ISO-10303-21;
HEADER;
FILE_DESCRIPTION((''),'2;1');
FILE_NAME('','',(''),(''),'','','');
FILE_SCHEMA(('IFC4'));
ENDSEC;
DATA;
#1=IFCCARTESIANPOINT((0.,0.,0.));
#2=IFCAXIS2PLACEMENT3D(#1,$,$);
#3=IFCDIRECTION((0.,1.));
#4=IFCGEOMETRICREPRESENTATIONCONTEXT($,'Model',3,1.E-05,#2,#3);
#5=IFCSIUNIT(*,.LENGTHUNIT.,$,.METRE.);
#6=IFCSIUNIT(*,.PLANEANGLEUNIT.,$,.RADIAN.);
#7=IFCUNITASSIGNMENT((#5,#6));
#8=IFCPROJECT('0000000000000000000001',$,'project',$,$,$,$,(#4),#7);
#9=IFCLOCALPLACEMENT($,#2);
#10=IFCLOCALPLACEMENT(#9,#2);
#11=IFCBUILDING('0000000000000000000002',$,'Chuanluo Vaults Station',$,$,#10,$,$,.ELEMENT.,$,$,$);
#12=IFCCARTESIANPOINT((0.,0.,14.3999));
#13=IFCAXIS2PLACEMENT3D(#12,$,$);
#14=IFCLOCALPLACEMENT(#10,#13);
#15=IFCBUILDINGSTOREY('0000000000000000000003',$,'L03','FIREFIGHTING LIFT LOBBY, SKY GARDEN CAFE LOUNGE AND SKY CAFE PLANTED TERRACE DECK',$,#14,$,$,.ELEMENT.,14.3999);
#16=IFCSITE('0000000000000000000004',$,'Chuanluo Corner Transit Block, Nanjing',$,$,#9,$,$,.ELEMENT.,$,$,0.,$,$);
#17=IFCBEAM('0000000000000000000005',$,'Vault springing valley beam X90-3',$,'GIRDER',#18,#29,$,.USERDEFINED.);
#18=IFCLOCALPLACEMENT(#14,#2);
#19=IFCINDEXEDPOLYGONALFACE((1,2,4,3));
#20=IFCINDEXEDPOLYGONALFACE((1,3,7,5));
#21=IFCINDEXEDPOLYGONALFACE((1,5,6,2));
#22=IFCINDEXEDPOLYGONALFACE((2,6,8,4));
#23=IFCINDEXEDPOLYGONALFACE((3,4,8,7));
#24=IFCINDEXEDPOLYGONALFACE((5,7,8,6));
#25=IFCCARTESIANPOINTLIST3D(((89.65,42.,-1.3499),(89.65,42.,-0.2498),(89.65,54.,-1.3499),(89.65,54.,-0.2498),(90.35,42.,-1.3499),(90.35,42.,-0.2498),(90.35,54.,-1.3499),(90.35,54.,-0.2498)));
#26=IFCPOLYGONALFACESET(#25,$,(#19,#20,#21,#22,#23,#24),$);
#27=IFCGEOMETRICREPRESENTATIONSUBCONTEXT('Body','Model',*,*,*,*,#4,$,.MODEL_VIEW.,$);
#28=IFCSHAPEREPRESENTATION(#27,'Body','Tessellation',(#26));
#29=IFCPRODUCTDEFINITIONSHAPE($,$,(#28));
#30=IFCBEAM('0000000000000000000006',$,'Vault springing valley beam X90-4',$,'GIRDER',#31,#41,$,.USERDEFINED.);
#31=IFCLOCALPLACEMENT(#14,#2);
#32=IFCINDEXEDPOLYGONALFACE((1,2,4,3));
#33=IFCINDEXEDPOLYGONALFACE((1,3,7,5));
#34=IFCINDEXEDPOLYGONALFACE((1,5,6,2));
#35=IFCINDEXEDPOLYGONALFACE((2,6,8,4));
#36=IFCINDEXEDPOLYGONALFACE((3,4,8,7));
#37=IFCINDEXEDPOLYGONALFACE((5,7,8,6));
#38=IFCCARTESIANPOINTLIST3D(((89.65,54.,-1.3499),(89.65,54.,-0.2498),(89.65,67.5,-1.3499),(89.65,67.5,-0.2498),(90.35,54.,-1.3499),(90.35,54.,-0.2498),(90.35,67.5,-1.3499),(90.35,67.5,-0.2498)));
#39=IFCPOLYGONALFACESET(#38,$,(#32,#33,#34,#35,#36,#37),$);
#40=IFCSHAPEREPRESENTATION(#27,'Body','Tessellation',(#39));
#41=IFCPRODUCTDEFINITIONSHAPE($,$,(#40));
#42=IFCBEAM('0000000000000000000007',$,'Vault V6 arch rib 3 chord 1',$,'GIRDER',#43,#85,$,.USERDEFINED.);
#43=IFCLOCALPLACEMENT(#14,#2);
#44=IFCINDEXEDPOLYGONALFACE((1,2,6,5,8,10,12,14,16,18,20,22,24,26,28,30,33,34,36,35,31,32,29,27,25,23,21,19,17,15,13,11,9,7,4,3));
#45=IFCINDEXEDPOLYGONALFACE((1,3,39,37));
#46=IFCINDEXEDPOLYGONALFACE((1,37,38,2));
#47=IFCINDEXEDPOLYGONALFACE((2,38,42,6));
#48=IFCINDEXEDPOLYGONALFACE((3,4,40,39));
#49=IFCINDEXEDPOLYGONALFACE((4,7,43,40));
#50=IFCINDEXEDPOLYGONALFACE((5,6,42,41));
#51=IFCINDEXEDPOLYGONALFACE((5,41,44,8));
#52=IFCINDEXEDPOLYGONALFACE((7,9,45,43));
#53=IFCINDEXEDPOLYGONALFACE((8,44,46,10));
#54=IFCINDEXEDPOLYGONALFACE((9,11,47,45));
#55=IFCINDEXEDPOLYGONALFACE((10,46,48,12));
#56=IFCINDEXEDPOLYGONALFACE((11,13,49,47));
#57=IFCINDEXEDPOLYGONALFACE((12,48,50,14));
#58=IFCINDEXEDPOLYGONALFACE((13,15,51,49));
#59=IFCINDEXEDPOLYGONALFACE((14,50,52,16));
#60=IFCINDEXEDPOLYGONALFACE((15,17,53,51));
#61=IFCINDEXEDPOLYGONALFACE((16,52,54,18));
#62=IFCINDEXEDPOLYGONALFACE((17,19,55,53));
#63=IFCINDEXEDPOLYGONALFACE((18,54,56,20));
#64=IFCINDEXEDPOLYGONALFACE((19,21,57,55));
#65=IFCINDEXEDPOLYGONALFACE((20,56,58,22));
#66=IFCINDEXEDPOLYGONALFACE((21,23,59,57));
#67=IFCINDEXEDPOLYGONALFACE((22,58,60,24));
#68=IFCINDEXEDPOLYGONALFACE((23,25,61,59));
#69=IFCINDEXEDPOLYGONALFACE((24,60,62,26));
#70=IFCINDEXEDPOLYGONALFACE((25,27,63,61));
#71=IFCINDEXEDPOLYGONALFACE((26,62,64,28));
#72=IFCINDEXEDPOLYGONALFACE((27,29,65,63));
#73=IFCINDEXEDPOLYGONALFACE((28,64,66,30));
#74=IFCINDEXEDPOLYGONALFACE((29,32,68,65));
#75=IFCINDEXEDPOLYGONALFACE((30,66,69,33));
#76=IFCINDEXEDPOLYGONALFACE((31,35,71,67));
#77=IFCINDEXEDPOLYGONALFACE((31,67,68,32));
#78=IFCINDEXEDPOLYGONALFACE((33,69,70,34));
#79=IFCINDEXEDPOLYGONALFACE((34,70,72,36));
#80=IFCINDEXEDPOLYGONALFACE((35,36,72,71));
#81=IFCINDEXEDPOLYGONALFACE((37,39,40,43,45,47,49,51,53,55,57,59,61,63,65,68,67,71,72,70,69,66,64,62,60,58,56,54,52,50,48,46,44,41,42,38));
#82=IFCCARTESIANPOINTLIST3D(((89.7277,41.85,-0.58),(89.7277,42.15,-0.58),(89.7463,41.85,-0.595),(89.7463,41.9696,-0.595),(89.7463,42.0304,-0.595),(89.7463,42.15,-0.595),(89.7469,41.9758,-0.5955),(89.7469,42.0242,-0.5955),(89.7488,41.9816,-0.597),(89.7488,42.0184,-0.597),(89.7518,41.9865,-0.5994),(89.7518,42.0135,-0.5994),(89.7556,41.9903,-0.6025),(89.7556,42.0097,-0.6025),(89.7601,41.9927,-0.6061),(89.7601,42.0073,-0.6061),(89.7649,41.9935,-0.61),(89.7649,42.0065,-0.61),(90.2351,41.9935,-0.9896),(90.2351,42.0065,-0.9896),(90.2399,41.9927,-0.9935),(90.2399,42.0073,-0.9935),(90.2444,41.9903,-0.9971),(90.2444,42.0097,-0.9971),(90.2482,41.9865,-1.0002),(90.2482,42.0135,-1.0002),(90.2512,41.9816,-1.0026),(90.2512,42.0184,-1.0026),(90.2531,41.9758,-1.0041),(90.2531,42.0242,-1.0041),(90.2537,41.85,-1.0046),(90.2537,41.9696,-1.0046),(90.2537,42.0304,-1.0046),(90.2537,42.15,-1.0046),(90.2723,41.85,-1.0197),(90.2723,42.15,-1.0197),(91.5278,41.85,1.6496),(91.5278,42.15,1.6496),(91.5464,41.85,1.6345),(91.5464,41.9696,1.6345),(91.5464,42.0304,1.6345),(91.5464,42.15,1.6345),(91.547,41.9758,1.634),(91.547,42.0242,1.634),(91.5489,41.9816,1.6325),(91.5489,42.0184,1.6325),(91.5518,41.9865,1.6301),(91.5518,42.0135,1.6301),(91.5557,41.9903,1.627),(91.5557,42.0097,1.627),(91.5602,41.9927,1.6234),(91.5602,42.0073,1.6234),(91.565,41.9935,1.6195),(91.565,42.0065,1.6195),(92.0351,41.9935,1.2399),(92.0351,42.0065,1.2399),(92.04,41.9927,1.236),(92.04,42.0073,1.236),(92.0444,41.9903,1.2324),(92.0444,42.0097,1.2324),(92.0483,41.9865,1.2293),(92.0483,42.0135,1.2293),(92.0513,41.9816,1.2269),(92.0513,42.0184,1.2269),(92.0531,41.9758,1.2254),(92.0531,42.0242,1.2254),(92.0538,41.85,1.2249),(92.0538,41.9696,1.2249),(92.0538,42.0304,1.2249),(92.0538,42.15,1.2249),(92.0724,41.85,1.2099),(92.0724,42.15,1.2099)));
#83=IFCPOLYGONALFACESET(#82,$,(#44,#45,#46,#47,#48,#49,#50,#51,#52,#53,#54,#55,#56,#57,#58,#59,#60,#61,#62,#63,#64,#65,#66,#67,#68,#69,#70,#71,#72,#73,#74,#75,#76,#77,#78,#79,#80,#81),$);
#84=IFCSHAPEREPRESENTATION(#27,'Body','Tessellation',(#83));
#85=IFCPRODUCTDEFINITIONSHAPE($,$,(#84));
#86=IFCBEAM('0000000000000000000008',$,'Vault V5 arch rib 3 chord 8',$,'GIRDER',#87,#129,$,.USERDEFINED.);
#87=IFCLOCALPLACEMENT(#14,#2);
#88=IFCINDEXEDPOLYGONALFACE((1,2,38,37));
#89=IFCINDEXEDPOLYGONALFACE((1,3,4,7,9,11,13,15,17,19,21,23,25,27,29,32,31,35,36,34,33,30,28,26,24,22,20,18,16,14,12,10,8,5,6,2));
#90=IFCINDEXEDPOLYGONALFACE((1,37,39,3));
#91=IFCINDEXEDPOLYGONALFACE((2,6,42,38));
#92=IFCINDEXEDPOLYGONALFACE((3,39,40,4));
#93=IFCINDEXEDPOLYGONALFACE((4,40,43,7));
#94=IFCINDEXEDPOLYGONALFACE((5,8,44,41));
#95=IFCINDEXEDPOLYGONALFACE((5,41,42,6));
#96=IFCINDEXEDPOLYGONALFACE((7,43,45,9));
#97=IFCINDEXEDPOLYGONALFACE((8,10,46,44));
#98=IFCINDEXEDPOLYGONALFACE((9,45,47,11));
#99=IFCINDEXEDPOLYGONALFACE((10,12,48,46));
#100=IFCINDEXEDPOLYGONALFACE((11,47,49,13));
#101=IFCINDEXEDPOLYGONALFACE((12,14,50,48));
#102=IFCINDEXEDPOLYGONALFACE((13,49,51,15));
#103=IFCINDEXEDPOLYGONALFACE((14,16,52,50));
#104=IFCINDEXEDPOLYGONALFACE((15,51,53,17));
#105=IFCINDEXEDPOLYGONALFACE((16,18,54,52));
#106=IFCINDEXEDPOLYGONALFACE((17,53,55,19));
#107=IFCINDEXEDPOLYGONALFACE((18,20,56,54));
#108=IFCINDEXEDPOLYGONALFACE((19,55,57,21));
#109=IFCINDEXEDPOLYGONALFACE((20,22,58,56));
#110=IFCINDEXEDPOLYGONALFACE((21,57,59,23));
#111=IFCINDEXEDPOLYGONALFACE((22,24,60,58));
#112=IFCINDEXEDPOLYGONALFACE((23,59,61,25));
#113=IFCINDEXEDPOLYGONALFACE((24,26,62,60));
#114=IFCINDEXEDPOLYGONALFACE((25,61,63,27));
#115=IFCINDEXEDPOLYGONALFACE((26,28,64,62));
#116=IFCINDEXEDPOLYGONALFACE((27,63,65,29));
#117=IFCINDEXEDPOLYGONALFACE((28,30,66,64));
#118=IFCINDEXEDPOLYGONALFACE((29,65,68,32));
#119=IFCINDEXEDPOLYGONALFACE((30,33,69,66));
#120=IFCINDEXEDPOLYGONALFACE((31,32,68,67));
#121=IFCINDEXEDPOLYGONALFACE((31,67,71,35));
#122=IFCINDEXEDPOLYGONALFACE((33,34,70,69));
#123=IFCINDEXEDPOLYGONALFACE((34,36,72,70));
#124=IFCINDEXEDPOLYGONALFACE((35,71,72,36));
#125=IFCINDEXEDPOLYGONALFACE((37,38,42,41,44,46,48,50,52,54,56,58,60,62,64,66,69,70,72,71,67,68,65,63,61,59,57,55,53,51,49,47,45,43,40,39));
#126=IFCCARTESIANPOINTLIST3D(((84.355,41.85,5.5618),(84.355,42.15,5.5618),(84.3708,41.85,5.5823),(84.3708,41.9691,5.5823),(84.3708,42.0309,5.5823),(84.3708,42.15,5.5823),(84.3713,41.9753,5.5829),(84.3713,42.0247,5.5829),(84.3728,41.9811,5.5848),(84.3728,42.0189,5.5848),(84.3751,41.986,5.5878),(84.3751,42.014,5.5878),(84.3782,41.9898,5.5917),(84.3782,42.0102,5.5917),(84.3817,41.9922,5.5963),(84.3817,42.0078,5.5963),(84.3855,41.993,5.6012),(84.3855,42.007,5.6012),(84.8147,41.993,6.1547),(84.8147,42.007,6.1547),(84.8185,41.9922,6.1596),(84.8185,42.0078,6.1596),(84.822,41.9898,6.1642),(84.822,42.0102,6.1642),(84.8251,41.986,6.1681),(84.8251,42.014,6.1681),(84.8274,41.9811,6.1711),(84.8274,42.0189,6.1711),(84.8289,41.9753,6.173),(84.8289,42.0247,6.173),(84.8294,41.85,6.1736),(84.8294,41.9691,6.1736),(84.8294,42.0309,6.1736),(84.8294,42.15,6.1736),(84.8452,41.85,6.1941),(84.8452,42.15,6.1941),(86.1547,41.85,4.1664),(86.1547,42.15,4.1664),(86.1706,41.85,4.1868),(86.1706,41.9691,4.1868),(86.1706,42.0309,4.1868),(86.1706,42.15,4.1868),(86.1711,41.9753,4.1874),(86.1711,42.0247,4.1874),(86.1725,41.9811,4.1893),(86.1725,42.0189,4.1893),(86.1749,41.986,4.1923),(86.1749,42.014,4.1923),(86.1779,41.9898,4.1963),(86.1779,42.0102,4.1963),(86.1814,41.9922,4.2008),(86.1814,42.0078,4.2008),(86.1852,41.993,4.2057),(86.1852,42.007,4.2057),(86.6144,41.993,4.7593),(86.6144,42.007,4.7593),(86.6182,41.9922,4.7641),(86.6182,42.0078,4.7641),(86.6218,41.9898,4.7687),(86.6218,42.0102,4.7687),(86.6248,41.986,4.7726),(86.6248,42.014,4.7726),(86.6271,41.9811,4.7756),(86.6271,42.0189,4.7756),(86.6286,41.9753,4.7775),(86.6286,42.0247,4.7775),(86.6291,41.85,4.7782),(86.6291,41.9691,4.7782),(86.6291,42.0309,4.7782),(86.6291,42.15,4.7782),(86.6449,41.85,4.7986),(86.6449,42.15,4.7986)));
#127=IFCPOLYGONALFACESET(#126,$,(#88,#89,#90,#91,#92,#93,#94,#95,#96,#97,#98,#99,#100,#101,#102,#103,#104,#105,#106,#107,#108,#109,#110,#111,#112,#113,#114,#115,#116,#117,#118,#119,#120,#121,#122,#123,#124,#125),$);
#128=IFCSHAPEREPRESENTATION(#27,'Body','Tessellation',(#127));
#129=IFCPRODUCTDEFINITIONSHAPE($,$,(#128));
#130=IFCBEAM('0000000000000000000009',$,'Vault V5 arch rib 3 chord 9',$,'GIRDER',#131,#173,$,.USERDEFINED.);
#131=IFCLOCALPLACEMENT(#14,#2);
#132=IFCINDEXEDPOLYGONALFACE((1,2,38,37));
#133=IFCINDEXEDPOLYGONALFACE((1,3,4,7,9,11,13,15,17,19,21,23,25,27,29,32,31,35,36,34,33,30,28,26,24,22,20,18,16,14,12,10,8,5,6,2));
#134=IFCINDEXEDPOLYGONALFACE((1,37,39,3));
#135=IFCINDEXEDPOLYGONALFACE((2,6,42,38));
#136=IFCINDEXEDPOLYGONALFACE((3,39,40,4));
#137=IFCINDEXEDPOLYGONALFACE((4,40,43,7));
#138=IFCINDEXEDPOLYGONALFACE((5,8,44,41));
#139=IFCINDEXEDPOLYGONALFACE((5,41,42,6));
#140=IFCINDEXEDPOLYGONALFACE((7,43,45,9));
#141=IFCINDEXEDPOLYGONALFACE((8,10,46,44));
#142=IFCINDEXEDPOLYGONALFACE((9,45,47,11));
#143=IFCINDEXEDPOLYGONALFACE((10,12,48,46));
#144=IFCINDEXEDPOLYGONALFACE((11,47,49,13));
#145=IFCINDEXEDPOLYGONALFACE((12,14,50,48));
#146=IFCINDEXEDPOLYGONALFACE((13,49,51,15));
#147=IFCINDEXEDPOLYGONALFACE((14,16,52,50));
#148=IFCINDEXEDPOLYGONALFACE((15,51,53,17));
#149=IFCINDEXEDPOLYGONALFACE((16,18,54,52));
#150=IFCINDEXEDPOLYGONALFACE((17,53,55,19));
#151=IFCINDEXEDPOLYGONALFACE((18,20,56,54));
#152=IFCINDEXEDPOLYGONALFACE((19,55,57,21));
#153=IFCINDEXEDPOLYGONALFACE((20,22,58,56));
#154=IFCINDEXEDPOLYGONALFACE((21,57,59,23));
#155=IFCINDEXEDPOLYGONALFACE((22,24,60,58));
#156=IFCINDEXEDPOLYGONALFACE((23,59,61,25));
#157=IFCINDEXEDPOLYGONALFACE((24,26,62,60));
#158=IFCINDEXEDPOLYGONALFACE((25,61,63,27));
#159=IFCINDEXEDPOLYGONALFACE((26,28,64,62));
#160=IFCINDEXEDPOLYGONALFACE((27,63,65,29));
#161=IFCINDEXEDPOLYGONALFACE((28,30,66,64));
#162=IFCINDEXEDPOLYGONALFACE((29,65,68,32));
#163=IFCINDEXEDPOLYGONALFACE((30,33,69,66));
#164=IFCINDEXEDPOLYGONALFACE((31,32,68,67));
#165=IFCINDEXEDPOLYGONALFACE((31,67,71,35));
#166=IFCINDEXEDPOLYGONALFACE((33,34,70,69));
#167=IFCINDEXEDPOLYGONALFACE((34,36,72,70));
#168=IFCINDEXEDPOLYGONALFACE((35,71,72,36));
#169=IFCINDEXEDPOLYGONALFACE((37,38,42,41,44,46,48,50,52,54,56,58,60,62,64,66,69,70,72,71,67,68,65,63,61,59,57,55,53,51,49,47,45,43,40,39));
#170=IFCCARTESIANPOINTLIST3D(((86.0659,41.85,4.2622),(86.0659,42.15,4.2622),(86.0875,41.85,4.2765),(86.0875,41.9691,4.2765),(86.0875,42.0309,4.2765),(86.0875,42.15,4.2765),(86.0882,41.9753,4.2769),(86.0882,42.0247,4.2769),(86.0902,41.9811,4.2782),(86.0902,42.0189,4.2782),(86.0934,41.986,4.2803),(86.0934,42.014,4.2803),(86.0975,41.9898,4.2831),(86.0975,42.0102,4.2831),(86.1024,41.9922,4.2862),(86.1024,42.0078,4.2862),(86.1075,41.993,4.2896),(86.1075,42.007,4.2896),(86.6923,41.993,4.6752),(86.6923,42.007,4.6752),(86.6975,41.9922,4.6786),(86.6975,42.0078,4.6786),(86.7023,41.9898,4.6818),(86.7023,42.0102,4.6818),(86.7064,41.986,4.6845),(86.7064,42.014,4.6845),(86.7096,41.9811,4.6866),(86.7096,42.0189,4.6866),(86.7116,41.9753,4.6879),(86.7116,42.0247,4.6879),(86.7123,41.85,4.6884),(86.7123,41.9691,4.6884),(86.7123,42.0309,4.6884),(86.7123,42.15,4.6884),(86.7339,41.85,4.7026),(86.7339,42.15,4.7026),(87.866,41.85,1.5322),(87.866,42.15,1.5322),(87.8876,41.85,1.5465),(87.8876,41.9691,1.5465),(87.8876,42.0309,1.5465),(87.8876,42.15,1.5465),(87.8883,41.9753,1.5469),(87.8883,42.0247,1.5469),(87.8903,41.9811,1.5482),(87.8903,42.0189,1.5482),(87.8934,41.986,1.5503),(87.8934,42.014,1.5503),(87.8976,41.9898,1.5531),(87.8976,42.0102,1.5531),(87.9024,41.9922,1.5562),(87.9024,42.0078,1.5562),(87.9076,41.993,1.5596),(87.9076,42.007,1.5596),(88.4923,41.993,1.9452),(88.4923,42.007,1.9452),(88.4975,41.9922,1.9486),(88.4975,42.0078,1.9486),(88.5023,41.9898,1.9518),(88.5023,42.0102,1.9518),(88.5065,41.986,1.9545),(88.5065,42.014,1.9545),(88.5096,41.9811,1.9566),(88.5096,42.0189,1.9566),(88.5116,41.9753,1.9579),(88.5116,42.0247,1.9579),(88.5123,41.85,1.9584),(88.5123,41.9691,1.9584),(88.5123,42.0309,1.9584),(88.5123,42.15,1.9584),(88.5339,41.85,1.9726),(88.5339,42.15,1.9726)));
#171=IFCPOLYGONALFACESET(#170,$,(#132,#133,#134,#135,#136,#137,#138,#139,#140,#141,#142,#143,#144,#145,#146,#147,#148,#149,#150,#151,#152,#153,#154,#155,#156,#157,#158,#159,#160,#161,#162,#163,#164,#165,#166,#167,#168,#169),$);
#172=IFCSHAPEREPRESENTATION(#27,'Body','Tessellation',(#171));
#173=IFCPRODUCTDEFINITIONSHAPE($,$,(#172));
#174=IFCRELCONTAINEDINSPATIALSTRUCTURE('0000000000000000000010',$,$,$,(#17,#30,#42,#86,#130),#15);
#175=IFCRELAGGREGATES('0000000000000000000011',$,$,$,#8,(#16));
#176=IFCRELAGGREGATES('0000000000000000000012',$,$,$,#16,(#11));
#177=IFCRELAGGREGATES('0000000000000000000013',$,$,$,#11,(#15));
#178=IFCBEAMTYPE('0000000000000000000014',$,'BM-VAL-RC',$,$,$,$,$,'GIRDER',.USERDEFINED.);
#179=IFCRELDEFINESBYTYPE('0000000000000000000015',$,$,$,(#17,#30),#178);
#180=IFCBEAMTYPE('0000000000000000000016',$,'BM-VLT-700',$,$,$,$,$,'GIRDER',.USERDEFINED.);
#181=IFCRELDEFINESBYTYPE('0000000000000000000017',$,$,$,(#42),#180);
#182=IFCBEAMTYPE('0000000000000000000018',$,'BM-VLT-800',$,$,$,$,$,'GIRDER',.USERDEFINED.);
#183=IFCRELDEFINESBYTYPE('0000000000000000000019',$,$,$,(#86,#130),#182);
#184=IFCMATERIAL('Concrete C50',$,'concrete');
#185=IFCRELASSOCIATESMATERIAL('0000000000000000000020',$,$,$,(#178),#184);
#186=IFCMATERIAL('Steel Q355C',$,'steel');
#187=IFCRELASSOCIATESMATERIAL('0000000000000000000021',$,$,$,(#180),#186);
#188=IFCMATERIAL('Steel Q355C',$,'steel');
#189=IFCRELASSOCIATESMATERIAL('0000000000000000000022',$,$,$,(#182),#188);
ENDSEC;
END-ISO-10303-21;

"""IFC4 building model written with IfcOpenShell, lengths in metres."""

from ifc_helpers import new_model, si_unit, direction, frame, origin, origin_2d, place, context, subcontext, project, spatial, rectangle, i_section, extrude, material, material_profile, profile_set, type_object, element, save


model = new_model("IFC4")

# Units and contexts
model_context = context("Model", 3, precision=1e-05, world=origin(), true_north=direction((0.0, 1.0)))
body_context = subcontext(model_context, "Body", "Model", "MODEL_VIEW")
ifc_project = project(units=[si_unit("LENGTHUNIT", "METRE"), si_unit("PLANEANGLEUNIT", "RADIAN")], contexts=[model_context])

# Site, building, storey
site_placement = place(None, origin())
site = spatial("IfcSite", under=ifc_project, at=site_placement, Name="Chuanluo Corner Transit Block, Nanjing", CompositionType="ELEMENT", RefElevation=0.0)
building_placement = place(site_placement, origin())
building = spatial("IfcBuilding", under=site, at=building_placement, Name="Chuanluo Vaults Station", CompositionType="ELEMENT")
storey_placement = place(building_placement, frame((0.0, 0.0, 14.3999)))
storey = spatial("IfcBuildingStorey", under=building, at=storey_placement, Name="L03", Description="FIREFIGHTING LIFT LOBBY, SKY GARDEN CAFE LOUNGE AND SKY CAFE PLANTED TERRACE DECK", CompositionType="ELEMENT", Elevation=14.3999)

# Beams
ifc_material_1 = material(Name="Concrete C50", Category="concrete")
ifc_material_profile_1 = material_profile(ifc_material_1, rectangle(XDim=0.7, YDim=1.1001, at=origin_2d()))
ifc_profile_set_1 = profile_set([ifc_material_profile_1], Name="Concrete C50")
beam_type_1 = type_object("IfcBeamType", Name="BM-VAL-RC", ElementType="GIRDER", PredefinedType="USERDEFINED", material=ifc_profile_set_1)
beam_1_placement = place(storey_placement, frame((90.0, 42.0, -0.7998), z_axis=(0.0, 1.0, 0.0), x_axis=(-1.0, 0.0, 0.0)))
element("IfcBeam", 1, at=beam_1_placement, inside=storey, type_object=beam_type_1, Name="Vault springing valley beam X90-3", ObjectType="GIRDER", PredefinedType="USERDEFINED", context=body_context, shape_type="SweptSolid", body=[
    extrude(rectangle(XDim=0.7, YDim=1.1001, at=origin_2d()), origin(), (0.0, 0.0, 1.0), 12.0),
])
beam_2_placement = place(storey_placement, frame((90.0, 54.0, -0.7998), z_axis=(0.0, 1.0, 0.0), x_axis=(-1.0, 0.0, 0.0)))
element("IfcBeam", 2, at=beam_2_placement, inside=storey, type_object=beam_type_1, Name="Vault springing valley beam X90-4", ObjectType="GIRDER", PredefinedType="USERDEFINED", context=body_context, shape_type="SweptSolid", body=[
    extrude(rectangle(XDim=0.7, YDim=1.1001, at=origin_2d()), origin(), (0.0, 0.0, 1.0), 13.5),
])
ifc_material_2 = material(Name="Steel Q355C", Category="steel")
ifc_material_profile_2 = material_profile(ifc_material_2, i_section(OverallWidth=0.3, OverallDepth=0.7, WebThickness=0.0129, FlangeThickness=0.0239, FilletRadius=0.0239, at=origin_2d()))
ifc_profile_set_2 = profile_set([ifc_material_profile_2], Name="Steel Q355C")
beam_type_2 = type_object("IfcBeamType", Name="BM-VLT-700", ElementType="GIRDER", PredefinedType="USERDEFINED", material=ifc_profile_set_2)
beam_3_placement = place(storey_placement, frame((90.0, 42.0, -0.7998), z_axis=(0.62819, 0.0, 0.77806), x_axis=(0.0, 1.0, 0.0)))
element("IfcBeam", 3, at=beam_3_placement, inside=storey, type_object=beam_type_2, Name="Vault V6 arch rib 3 chord 1", ObjectType="GIRDER", PredefinedType="USERDEFINED", context=body_context, shape_type="SweptSolid", body=[
    extrude(i_section(OverallWidth=0.3, OverallDepth=0.7, WebThickness=0.0129, FlangeThickness=0.0239, FilletRadius=0.0239, at=origin_2d()), origin(), (0.0, 0.0, 1.0), 2.8655),
])
ifc_material_3 = material(Name="Steel Q355C", Category="steel")
ifc_material_profile_3 = material_profile(ifc_material_3, i_section(OverallWidth=0.3, OverallDepth=0.8, WebThickness=0.0139, FlangeThickness=0.0259, FilletRadius=0.0239, at=origin_2d()))
ifc_profile_set_3 = profile_set([ifc_material_profile_3], Name="Steel Q355C")
beam_type_3 = type_object("IfcBeamType", Name="BM-VLT-800", ElementType="GIRDER", PredefinedType="USERDEFINED", material=ifc_profile_set_3)
beam_4_placement = place(storey_placement, frame((84.6001, 42.0, 5.8779), z_axis=(0.790275, 0.0, -0.612752), x_axis=(0.0, 1.0, 0.0)))
element("IfcBeam", 4, at=beam_4_placement, inside=storey, type_object=beam_type_3, Name="Vault V5 arch rib 3 chord 8", ObjectType="GIRDER", PredefinedType="USERDEFINED", context=body_context, shape_type="SweptSolid", body=[
    extrude(i_section(OverallWidth=0.3, OverallDepth=0.8, WebThickness=0.0139, FlangeThickness=0.0259, FilletRadius=0.0239, at=origin_2d()), origin(), (0.0, 0.0, 1.0), 2.2773),
])
beam_5_placement = place(storey_placement, frame((86.3999, 42.0, 4.4824), z_axis=(0.550472, 0.0, -0.834854), x_axis=(0.0, 1.0, 0.0)))
element("IfcBeam", 5, at=beam_5_placement, inside=storey, type_object=beam_type_3, Name="Vault V5 arch rib 3 chord 9", ObjectType="GIRDER", PredefinedType="USERDEFINED", context=body_context, shape_type="SweptSolid", body=[
    extrude(i_section(OverallWidth=0.3, OverallDepth=0.8, WebThickness=0.0139, FlangeThickness=0.0259, FilletRadius=0.0239, at=origin_2d()), origin(), (0.0, 0.0, 1.0), 3.27),
])

save(model, "model.ifc")
